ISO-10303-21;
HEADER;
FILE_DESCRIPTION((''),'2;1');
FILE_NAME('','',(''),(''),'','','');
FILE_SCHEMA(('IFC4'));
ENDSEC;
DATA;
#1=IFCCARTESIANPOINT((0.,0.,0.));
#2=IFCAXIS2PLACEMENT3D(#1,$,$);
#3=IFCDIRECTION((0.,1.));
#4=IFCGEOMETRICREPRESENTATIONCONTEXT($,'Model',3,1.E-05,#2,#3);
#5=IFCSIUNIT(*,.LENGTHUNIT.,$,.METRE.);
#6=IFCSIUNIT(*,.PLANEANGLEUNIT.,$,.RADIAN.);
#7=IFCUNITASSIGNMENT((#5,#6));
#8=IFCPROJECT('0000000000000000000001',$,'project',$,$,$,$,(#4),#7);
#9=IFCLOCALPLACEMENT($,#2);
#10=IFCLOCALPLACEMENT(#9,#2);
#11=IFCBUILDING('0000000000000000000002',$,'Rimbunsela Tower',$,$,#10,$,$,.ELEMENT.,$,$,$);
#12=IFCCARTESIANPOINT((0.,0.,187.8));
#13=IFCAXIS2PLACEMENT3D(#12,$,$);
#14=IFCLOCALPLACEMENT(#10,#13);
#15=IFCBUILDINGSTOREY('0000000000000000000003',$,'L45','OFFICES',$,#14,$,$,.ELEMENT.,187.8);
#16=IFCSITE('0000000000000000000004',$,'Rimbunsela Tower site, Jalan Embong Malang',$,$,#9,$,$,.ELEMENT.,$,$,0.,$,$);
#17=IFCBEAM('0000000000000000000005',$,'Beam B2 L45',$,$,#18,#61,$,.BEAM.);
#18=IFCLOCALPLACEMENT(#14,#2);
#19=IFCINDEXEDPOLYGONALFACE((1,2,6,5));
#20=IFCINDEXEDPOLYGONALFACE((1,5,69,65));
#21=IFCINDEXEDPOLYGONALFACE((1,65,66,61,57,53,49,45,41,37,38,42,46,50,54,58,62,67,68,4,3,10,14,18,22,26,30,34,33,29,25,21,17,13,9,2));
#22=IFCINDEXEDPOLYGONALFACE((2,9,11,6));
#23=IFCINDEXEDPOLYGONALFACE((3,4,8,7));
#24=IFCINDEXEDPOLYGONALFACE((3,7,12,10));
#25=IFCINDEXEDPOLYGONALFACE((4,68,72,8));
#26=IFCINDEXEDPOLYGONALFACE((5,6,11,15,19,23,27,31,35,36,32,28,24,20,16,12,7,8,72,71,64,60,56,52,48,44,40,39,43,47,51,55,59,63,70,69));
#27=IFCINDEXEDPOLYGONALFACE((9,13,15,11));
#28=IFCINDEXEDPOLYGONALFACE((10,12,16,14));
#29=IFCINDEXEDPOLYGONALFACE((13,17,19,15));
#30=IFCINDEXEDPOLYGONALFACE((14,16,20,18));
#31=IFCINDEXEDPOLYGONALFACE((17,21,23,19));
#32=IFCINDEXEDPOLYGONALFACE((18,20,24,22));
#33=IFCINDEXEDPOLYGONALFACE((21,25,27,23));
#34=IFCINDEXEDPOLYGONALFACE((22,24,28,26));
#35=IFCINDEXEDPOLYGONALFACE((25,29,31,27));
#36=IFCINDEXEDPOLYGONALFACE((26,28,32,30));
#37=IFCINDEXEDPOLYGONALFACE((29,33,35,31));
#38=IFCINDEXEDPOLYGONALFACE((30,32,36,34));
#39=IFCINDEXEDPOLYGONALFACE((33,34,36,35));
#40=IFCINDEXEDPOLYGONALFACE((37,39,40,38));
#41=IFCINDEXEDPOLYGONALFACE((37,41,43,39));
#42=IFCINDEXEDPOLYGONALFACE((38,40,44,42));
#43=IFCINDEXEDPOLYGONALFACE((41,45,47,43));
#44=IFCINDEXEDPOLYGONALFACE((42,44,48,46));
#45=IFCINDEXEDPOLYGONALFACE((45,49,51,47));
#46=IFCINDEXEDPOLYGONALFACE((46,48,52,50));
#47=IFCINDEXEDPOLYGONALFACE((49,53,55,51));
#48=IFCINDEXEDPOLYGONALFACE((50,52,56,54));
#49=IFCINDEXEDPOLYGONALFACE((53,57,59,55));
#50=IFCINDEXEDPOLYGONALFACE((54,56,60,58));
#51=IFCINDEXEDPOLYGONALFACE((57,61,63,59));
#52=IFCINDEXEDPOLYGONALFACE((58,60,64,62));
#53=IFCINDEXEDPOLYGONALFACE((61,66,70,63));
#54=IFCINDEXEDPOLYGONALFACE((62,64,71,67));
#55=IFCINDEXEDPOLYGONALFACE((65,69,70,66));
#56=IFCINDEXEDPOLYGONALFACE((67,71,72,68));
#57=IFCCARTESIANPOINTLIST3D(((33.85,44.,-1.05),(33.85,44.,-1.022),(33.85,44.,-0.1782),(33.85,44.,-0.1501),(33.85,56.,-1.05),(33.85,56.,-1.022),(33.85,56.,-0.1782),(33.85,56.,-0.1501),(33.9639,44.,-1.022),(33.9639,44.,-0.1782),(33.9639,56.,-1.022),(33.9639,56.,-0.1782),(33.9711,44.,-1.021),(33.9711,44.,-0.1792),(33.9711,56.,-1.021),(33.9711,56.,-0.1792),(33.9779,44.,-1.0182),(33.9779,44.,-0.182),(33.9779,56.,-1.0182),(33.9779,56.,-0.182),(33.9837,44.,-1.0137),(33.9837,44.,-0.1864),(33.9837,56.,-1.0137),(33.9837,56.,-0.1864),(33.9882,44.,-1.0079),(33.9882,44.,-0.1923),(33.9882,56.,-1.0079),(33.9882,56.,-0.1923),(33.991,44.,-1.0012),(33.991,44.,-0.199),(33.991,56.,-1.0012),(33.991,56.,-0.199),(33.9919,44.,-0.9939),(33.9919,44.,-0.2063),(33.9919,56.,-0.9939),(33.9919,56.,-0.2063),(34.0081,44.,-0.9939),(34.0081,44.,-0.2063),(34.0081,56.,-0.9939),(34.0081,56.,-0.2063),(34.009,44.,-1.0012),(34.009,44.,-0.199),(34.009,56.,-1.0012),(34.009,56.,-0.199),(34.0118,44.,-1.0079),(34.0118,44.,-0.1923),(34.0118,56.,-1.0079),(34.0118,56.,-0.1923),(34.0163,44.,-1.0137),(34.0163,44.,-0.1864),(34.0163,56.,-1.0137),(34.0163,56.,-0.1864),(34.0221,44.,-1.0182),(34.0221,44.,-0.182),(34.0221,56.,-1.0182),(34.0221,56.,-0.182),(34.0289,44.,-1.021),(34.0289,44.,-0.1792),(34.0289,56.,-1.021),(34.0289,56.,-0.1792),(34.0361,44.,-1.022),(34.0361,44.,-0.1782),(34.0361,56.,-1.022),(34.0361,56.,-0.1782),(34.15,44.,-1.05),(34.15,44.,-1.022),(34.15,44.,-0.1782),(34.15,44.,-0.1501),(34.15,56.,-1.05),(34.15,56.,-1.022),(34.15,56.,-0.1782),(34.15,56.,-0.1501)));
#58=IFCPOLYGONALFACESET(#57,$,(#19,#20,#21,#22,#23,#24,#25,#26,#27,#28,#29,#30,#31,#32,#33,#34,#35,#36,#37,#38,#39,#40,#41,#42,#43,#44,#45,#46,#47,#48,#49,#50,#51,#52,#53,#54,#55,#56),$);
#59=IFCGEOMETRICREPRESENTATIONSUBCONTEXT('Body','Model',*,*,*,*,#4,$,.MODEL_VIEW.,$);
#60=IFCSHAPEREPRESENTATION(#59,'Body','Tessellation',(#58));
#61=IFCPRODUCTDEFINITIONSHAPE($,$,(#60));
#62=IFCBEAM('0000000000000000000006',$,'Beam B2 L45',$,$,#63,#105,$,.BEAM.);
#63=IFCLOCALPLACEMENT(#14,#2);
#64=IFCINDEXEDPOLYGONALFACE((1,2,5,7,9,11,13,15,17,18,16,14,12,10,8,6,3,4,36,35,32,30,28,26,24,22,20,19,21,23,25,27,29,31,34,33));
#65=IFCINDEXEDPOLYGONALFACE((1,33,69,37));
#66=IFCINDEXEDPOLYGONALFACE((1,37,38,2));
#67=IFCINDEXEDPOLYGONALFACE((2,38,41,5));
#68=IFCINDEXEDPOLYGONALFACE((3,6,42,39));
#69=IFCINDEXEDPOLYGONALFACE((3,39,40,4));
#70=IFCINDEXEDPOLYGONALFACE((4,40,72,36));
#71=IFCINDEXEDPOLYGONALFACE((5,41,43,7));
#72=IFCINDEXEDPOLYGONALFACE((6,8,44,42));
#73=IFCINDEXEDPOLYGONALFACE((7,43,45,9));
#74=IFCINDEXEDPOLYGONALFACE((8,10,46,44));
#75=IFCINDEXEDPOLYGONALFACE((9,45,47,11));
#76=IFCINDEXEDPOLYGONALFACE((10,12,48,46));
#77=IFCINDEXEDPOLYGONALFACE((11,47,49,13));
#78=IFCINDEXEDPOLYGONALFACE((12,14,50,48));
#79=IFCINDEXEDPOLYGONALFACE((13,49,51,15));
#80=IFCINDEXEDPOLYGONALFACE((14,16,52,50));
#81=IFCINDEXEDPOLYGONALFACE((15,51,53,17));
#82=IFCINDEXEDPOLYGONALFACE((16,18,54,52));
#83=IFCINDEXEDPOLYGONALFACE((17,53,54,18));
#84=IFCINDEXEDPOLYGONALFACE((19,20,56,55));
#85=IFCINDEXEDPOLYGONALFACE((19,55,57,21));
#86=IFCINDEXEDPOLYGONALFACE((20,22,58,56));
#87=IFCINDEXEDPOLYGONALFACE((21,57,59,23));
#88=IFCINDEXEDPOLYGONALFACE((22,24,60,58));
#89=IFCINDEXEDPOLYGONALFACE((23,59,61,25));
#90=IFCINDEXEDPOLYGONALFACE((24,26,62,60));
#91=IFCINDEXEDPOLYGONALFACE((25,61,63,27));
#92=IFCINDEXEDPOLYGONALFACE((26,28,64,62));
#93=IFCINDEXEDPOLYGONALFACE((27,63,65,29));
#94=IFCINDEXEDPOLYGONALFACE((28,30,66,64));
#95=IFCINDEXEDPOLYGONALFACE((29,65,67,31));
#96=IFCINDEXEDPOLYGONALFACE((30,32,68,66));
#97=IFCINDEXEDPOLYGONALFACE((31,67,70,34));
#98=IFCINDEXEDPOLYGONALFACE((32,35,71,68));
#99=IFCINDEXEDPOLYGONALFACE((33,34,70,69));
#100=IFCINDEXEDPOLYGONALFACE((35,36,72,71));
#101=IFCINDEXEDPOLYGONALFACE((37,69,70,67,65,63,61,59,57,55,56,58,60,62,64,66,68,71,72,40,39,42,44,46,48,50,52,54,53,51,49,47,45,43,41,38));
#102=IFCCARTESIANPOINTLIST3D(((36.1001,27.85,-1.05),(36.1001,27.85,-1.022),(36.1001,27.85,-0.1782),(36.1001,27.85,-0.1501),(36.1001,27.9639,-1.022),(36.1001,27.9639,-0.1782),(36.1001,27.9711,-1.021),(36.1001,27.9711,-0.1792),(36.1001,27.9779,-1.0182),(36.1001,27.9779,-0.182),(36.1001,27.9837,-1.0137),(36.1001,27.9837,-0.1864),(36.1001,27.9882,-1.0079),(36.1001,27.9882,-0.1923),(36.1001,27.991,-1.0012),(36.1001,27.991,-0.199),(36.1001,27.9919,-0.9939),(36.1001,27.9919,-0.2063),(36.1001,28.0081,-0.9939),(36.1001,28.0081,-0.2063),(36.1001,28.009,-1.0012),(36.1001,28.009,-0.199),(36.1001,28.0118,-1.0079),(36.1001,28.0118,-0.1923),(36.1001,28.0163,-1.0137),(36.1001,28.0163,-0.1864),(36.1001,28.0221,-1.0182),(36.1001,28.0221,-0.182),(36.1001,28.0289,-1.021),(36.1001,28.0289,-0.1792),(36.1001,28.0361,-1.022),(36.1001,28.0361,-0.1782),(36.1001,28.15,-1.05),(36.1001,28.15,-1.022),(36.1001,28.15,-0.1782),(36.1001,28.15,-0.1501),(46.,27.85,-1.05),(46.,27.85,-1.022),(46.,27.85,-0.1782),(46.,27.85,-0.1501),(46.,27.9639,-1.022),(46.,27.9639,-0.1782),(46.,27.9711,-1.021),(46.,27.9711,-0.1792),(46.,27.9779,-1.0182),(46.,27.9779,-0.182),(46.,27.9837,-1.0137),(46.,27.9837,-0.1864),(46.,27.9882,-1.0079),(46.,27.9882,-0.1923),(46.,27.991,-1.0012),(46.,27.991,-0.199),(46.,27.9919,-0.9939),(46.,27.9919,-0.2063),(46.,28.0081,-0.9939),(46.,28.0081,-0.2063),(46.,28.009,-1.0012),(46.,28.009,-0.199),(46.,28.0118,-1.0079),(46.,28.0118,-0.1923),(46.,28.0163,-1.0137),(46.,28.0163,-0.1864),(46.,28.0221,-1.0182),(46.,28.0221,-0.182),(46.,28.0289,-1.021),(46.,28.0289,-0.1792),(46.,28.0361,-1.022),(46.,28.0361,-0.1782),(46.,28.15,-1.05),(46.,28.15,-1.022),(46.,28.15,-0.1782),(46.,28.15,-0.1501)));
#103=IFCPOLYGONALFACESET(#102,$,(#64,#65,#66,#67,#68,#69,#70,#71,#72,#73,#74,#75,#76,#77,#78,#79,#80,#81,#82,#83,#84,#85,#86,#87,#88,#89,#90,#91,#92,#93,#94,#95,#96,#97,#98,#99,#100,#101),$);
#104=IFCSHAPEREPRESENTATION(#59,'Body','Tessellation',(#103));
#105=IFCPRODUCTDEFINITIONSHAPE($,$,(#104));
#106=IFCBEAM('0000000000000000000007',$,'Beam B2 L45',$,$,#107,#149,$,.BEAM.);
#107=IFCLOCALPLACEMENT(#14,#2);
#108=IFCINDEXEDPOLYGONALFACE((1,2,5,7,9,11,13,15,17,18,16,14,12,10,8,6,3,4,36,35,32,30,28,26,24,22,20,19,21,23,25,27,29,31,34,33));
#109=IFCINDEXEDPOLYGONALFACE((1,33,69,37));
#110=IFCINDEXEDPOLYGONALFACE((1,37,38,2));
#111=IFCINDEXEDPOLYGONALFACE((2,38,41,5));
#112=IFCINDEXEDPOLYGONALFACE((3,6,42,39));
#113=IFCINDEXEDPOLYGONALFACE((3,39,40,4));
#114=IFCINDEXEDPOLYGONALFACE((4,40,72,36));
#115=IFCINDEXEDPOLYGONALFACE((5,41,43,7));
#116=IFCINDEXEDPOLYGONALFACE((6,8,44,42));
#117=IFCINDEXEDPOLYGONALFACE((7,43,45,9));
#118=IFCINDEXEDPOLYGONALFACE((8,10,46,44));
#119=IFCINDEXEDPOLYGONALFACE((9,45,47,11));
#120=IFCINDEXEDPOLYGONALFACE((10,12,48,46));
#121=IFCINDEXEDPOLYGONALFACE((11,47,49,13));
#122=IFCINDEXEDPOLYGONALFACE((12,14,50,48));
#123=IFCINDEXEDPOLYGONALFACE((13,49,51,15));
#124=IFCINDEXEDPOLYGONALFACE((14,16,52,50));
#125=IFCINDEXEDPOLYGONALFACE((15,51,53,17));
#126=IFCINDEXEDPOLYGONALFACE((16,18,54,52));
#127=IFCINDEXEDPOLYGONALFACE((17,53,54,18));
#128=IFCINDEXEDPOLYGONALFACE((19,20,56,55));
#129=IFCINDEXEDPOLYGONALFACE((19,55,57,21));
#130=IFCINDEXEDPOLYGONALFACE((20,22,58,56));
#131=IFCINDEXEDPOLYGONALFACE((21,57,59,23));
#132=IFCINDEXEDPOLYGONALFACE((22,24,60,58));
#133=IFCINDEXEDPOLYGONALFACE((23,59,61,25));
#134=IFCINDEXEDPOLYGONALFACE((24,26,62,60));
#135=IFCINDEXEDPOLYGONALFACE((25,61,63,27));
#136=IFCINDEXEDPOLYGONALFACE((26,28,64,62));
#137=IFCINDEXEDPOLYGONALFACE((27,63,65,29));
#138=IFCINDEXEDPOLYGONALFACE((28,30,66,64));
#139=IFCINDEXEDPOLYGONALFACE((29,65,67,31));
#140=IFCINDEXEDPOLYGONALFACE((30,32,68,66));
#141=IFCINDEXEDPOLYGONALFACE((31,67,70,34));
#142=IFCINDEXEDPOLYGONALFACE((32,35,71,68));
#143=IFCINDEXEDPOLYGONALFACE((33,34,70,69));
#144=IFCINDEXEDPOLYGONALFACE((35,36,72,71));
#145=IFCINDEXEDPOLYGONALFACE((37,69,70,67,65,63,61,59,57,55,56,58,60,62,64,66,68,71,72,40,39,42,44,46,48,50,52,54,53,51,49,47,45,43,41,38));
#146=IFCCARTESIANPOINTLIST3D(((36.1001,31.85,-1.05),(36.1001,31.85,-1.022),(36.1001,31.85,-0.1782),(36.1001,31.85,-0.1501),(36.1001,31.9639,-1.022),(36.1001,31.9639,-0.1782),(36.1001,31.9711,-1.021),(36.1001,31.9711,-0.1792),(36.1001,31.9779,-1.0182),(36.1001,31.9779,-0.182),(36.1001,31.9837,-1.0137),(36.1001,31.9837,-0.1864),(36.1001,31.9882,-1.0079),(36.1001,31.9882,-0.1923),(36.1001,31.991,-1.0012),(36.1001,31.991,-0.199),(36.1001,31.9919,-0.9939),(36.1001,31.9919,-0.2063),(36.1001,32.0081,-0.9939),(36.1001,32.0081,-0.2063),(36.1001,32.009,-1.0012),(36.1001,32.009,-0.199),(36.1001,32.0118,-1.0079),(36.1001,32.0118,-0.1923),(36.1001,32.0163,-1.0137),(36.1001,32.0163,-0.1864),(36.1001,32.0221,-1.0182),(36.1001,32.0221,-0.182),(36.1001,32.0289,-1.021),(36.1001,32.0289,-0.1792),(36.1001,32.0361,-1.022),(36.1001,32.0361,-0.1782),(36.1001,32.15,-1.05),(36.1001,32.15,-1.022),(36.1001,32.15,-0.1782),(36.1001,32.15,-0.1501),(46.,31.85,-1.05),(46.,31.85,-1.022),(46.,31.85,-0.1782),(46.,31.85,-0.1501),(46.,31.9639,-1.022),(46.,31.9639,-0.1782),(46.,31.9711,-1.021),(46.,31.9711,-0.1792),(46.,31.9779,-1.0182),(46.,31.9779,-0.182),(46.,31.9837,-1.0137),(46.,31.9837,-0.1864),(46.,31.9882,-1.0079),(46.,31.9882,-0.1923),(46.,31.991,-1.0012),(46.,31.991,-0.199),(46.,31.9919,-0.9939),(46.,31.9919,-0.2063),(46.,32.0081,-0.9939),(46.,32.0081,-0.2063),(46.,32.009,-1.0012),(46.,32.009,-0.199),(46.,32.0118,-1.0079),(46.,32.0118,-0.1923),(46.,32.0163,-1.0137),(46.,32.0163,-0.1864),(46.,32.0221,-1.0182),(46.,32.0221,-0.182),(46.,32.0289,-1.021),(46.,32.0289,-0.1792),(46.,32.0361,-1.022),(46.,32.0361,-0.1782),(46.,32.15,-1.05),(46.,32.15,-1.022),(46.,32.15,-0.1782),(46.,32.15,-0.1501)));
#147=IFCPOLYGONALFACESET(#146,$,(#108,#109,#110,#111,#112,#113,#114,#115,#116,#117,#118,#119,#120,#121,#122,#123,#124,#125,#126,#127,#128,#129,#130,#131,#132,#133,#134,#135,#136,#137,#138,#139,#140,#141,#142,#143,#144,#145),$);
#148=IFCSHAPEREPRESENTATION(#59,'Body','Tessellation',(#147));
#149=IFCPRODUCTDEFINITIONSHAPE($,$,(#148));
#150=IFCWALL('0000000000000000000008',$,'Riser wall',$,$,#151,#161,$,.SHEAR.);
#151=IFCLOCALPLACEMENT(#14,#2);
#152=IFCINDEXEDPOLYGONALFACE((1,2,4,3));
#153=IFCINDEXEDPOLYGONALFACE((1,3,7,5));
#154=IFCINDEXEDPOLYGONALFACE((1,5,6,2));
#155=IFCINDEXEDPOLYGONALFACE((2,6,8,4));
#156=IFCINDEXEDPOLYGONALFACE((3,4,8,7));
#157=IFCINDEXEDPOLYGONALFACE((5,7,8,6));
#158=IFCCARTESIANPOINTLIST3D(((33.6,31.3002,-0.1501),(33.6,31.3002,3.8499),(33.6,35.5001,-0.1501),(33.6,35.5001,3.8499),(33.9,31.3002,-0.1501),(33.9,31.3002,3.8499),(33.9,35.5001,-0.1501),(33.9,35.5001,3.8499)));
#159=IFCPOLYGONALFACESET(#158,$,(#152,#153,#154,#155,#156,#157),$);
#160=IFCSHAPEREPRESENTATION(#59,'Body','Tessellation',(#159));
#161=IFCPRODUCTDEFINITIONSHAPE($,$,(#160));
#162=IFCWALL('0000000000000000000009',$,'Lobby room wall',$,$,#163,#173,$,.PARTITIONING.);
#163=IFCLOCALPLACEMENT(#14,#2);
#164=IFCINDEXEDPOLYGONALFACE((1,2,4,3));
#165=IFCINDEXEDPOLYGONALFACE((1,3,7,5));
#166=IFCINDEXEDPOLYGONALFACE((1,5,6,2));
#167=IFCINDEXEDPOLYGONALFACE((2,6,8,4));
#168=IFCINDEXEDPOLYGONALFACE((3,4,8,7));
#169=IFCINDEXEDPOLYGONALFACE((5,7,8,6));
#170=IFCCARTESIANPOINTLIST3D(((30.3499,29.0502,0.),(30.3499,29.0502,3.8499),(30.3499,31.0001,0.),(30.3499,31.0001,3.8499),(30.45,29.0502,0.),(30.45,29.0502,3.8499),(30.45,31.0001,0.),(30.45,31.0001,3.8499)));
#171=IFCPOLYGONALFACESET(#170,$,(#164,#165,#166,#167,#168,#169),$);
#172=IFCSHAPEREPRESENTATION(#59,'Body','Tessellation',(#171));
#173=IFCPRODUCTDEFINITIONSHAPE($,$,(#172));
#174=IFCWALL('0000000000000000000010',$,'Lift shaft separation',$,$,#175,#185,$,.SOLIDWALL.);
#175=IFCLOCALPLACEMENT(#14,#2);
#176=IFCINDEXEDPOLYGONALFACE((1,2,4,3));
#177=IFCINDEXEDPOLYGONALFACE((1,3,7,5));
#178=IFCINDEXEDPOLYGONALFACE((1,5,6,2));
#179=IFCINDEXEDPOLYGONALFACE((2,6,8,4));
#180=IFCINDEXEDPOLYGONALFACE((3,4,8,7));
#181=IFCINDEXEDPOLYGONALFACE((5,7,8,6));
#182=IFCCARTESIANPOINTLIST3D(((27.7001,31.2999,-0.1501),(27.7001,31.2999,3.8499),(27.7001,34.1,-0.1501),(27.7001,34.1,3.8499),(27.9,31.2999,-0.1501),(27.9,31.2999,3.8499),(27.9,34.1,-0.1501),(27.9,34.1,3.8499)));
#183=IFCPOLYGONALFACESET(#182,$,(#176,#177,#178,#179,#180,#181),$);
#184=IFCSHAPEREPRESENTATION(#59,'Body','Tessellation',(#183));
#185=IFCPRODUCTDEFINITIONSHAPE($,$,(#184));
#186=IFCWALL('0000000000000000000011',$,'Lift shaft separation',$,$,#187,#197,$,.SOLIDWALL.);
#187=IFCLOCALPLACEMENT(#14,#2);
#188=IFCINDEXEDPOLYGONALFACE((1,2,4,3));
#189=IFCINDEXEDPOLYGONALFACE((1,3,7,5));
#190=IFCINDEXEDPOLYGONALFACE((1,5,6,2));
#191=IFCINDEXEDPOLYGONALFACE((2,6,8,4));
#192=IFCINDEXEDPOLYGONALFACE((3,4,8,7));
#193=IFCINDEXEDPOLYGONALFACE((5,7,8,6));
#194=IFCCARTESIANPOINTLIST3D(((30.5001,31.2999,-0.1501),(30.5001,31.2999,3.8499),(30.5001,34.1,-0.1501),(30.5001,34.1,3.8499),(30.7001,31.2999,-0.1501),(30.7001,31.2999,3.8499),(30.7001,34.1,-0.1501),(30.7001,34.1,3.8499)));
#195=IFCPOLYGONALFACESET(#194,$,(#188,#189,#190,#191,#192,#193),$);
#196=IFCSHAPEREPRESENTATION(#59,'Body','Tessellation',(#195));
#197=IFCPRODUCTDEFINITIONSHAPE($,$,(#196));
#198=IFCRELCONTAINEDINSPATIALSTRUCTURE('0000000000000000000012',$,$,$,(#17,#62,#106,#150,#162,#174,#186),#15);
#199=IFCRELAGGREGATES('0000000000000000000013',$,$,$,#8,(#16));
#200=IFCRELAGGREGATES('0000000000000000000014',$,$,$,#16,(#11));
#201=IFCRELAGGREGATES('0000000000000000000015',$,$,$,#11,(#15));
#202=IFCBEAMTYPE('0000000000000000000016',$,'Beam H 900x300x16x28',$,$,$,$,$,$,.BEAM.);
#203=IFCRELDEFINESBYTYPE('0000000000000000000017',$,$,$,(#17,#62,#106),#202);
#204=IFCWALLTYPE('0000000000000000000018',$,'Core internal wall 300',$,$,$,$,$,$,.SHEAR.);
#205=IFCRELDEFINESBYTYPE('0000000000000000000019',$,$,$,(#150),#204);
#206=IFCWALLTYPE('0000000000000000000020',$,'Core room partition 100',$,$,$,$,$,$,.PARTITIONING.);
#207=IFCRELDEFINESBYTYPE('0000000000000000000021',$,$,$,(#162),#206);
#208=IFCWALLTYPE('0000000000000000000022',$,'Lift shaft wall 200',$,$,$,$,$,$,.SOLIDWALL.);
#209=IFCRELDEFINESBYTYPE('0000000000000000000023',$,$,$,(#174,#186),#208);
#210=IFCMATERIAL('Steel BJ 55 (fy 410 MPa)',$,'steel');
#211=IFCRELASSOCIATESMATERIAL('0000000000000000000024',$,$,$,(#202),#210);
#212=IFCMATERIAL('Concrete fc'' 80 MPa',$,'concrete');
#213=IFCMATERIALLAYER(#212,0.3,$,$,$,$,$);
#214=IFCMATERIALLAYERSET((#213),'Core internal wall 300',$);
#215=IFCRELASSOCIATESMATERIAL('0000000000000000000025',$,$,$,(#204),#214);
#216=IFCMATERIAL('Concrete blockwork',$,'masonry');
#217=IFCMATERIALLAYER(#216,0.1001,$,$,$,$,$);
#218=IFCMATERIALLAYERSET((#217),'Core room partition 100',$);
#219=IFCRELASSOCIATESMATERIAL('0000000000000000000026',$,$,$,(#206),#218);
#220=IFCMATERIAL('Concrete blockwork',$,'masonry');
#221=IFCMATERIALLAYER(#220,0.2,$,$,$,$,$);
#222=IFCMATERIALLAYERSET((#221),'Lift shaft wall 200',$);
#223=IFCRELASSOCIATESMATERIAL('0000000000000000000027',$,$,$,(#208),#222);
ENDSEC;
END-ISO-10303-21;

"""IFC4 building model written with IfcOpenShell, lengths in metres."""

from ifc_helpers import new_model, si_unit, direction, frame, frame_2d, origin, origin_2d, place, context, subcontext, project, spatial, rectangle, i_section, extrude, material, layer, layer_set, material_profile, profile_set, type_object, element, save


model = new_model("IFC4")

# Units and contexts
model_context = context("Model", 3, precision=1e-05, world=origin(), true_north=direction((0.0, 1.0)))
body_context = subcontext(model_context, "Body", "Model", "MODEL_VIEW")
ifc_project = project(units=[si_unit("LENGTHUNIT", "METRE"), si_unit("PLANEANGLEUNIT", "RADIAN")], contexts=[model_context])

# Site, building, storey
site_placement = place(None, origin())
site = spatial("IfcSite", under=ifc_project, at=site_placement, Name="Rimbunsela Tower site, Jalan Embong Malang", CompositionType="ELEMENT", RefElevation=0.0)
building_placement = place(site_placement, origin())
building = spatial("IfcBuilding", under=site, at=building_placement, Name="Rimbunsela Tower", CompositionType="ELEMENT")
storey_placement = place(building_placement, frame((0.0, 0.0, 187.8)))
storey = spatial("IfcBuildingStorey", under=building, at=storey_placement, Name="L45", Description="OFFICES", CompositionType="ELEMENT", Elevation=187.8)

# Beams
ifc_material_1 = material(Name="Steel BJ 55 (fy 410 MPa)", Category="steel")
ifc_material_profile_1 = material_profile(ifc_material_1, i_section(OverallWidth=0.3, OverallDepth=0.8999, WebThickness=0.0161, FlangeThickness=0.0281, FilletRadius=0.0281, at=origin_2d()), Name="H 900x300x16x28")
ifc_profile_set_1 = profile_set([ifc_material_profile_1], Name="Steel BJ 55 (fy 410 MPa)")
beam_type_1 = type_object("IfcBeamType", Name="Beam H 900x300x16x28", PredefinedType="BEAM", material=ifc_profile_set_1)
for number, where, z_axis, x_axis, name in (
    (1, (34.0, 44.0, -0.6001), (0.0, 1.0, 0.0), (-1.0, 0.0, 0.0), "Beam B2 L45"),
):
    element("IfcBeam", number, at=place(storey_placement, frame(where, z_axis=z_axis, x_axis=x_axis)), inside=storey, type_object=beam_type_1, Name=name, PredefinedType="BEAM", context=body_context, shape_type="SweptSolid", body=[
        extrude(i_section(OverallWidth=0.3, OverallDepth=0.8999, WebThickness=0.0161, FlangeThickness=0.0281, FilletRadius=0.0281, at=origin_2d()), origin(), (0.0, 0.0, 1.0), 12.0),
    ])
for number, where, z_axis, x_axis, name in (
    (2, (36.1001, 28.0, -0.6001), (1.0, 0.0, 0.0), (0.0, 1.0, 0.0), "Beam B2 L45"),
    (3, (36.1001, 32.0, -0.6001), (1.0, 0.0, 0.0), (0.0, 1.0, 0.0), "Beam B2 L45"),
):
    element("IfcBeam", number, at=place(storey_placement, frame(where, z_axis=z_axis, x_axis=x_axis)), inside=storey, type_object=beam_type_1, Name=name, PredefinedType="BEAM", context=body_context, shape_type="SweptSolid", body=[
        extrude(i_section(OverallWidth=0.3, OverallDepth=0.8999, WebThickness=0.0161, FlangeThickness=0.0281, FilletRadius=0.0281, at=origin_2d()), origin(), (0.0, 0.0, 1.0), 9.8999),
    ])

# Walls
ifc_material_2 = material(Name="Concrete fc' 80 MPa", Category="concrete")
ifc_layer_1 = layer(ifc_material_2, 0.3)
ifc_layer_set_1 = layer_set([ifc_layer_1], Name="Core internal wall 300")
wall_type_1 = type_object("IfcWallType", Name="Core internal wall 300", PredefinedType="SHEAR", material=ifc_layer_set_1)
wall_1_placement = place(storey_placement, frame((33.75, 31.3, -0.1501), z_axis=(0.0, 0.0, 1.0), x_axis=(0.0, 1.0, 0.0)))
element("IfcWall", 4, at=wall_1_placement, inside=storey, type_object=wall_type_1, Name="Riser wall", PredefinedType="SHEAR", context=body_context, shape_type="SweptSolid", body=[
    extrude(rectangle(XDim=4.2, YDim=0.3, at=frame_2d((2.1001, 0.0))), origin(), (0.0, 0.0, 1.0), 4.0),
])
ifc_material_3 = material(Name="Concrete blockwork", Category="masonry")
ifc_layer_2 = layer(ifc_material_3, 0.1001)
ifc_layer_set_2 = layer_set([ifc_layer_2], Name="Core room partition 100")
wall_type_2 = type_object("IfcWallType", Name="Core room partition 100", PredefinedType="PARTITIONING", material=ifc_layer_set_2)
wall_2_placement = place(storey_placement, frame((30.3999, 29.05, 0.0), z_axis=(0.0, 0.0, 1.0), x_axis=(0.0, 1.0, 0.0)))
element("IfcWall", 5, at=wall_2_placement, inside=storey, type_object=wall_type_2, Name="Lobby room wall", PredefinedType="PARTITIONING", context=body_context, shape_type="SweptSolid", body=[
    extrude(rectangle(XDim=1.95, YDim=0.1001, at=frame_2d((0.9751, 0.0))), origin(), (0.0, 0.0, 1.0), 3.8499),
])
ifc_material_4 = material(Name="Concrete blockwork", Category="masonry")
ifc_layer_3 = layer(ifc_material_4, 0.2)
ifc_layer_set_3 = layer_set([ifc_layer_3], Name="Lift shaft wall 200")
wall_type_3 = type_object("IfcWallType", Name="Lift shaft wall 200", PredefinedType="SOLIDWALL", material=ifc_layer_set_3)
for number, where, z_axis, x_axis, name in (
    (6, (27.8, 31.3, -0.1501), (0.0, 0.0, 1.0), (0.0, 1.0, 0.0), "Lift shaft separation"),
    (7, (30.6001, 31.3, -0.1501), (0.0, 0.0, 1.0), (0.0, 1.0, 0.0), "Lift shaft separation"),
):
    element("IfcWall", number, at=place(storey_placement, frame(where, z_axis=z_axis, x_axis=x_axis)), inside=storey, type_object=wall_type_3, Name=name, PredefinedType="SOLIDWALL", context=body_context, shape_type="SweptSolid", body=[
        extrude(rectangle(XDim=2.8, YDim=0.2, at=frame_2d((1.3999, 0.0))), origin(), (0.0, 0.0, 1.0), 4.0),
    ])

save(model, "model.ifc")
